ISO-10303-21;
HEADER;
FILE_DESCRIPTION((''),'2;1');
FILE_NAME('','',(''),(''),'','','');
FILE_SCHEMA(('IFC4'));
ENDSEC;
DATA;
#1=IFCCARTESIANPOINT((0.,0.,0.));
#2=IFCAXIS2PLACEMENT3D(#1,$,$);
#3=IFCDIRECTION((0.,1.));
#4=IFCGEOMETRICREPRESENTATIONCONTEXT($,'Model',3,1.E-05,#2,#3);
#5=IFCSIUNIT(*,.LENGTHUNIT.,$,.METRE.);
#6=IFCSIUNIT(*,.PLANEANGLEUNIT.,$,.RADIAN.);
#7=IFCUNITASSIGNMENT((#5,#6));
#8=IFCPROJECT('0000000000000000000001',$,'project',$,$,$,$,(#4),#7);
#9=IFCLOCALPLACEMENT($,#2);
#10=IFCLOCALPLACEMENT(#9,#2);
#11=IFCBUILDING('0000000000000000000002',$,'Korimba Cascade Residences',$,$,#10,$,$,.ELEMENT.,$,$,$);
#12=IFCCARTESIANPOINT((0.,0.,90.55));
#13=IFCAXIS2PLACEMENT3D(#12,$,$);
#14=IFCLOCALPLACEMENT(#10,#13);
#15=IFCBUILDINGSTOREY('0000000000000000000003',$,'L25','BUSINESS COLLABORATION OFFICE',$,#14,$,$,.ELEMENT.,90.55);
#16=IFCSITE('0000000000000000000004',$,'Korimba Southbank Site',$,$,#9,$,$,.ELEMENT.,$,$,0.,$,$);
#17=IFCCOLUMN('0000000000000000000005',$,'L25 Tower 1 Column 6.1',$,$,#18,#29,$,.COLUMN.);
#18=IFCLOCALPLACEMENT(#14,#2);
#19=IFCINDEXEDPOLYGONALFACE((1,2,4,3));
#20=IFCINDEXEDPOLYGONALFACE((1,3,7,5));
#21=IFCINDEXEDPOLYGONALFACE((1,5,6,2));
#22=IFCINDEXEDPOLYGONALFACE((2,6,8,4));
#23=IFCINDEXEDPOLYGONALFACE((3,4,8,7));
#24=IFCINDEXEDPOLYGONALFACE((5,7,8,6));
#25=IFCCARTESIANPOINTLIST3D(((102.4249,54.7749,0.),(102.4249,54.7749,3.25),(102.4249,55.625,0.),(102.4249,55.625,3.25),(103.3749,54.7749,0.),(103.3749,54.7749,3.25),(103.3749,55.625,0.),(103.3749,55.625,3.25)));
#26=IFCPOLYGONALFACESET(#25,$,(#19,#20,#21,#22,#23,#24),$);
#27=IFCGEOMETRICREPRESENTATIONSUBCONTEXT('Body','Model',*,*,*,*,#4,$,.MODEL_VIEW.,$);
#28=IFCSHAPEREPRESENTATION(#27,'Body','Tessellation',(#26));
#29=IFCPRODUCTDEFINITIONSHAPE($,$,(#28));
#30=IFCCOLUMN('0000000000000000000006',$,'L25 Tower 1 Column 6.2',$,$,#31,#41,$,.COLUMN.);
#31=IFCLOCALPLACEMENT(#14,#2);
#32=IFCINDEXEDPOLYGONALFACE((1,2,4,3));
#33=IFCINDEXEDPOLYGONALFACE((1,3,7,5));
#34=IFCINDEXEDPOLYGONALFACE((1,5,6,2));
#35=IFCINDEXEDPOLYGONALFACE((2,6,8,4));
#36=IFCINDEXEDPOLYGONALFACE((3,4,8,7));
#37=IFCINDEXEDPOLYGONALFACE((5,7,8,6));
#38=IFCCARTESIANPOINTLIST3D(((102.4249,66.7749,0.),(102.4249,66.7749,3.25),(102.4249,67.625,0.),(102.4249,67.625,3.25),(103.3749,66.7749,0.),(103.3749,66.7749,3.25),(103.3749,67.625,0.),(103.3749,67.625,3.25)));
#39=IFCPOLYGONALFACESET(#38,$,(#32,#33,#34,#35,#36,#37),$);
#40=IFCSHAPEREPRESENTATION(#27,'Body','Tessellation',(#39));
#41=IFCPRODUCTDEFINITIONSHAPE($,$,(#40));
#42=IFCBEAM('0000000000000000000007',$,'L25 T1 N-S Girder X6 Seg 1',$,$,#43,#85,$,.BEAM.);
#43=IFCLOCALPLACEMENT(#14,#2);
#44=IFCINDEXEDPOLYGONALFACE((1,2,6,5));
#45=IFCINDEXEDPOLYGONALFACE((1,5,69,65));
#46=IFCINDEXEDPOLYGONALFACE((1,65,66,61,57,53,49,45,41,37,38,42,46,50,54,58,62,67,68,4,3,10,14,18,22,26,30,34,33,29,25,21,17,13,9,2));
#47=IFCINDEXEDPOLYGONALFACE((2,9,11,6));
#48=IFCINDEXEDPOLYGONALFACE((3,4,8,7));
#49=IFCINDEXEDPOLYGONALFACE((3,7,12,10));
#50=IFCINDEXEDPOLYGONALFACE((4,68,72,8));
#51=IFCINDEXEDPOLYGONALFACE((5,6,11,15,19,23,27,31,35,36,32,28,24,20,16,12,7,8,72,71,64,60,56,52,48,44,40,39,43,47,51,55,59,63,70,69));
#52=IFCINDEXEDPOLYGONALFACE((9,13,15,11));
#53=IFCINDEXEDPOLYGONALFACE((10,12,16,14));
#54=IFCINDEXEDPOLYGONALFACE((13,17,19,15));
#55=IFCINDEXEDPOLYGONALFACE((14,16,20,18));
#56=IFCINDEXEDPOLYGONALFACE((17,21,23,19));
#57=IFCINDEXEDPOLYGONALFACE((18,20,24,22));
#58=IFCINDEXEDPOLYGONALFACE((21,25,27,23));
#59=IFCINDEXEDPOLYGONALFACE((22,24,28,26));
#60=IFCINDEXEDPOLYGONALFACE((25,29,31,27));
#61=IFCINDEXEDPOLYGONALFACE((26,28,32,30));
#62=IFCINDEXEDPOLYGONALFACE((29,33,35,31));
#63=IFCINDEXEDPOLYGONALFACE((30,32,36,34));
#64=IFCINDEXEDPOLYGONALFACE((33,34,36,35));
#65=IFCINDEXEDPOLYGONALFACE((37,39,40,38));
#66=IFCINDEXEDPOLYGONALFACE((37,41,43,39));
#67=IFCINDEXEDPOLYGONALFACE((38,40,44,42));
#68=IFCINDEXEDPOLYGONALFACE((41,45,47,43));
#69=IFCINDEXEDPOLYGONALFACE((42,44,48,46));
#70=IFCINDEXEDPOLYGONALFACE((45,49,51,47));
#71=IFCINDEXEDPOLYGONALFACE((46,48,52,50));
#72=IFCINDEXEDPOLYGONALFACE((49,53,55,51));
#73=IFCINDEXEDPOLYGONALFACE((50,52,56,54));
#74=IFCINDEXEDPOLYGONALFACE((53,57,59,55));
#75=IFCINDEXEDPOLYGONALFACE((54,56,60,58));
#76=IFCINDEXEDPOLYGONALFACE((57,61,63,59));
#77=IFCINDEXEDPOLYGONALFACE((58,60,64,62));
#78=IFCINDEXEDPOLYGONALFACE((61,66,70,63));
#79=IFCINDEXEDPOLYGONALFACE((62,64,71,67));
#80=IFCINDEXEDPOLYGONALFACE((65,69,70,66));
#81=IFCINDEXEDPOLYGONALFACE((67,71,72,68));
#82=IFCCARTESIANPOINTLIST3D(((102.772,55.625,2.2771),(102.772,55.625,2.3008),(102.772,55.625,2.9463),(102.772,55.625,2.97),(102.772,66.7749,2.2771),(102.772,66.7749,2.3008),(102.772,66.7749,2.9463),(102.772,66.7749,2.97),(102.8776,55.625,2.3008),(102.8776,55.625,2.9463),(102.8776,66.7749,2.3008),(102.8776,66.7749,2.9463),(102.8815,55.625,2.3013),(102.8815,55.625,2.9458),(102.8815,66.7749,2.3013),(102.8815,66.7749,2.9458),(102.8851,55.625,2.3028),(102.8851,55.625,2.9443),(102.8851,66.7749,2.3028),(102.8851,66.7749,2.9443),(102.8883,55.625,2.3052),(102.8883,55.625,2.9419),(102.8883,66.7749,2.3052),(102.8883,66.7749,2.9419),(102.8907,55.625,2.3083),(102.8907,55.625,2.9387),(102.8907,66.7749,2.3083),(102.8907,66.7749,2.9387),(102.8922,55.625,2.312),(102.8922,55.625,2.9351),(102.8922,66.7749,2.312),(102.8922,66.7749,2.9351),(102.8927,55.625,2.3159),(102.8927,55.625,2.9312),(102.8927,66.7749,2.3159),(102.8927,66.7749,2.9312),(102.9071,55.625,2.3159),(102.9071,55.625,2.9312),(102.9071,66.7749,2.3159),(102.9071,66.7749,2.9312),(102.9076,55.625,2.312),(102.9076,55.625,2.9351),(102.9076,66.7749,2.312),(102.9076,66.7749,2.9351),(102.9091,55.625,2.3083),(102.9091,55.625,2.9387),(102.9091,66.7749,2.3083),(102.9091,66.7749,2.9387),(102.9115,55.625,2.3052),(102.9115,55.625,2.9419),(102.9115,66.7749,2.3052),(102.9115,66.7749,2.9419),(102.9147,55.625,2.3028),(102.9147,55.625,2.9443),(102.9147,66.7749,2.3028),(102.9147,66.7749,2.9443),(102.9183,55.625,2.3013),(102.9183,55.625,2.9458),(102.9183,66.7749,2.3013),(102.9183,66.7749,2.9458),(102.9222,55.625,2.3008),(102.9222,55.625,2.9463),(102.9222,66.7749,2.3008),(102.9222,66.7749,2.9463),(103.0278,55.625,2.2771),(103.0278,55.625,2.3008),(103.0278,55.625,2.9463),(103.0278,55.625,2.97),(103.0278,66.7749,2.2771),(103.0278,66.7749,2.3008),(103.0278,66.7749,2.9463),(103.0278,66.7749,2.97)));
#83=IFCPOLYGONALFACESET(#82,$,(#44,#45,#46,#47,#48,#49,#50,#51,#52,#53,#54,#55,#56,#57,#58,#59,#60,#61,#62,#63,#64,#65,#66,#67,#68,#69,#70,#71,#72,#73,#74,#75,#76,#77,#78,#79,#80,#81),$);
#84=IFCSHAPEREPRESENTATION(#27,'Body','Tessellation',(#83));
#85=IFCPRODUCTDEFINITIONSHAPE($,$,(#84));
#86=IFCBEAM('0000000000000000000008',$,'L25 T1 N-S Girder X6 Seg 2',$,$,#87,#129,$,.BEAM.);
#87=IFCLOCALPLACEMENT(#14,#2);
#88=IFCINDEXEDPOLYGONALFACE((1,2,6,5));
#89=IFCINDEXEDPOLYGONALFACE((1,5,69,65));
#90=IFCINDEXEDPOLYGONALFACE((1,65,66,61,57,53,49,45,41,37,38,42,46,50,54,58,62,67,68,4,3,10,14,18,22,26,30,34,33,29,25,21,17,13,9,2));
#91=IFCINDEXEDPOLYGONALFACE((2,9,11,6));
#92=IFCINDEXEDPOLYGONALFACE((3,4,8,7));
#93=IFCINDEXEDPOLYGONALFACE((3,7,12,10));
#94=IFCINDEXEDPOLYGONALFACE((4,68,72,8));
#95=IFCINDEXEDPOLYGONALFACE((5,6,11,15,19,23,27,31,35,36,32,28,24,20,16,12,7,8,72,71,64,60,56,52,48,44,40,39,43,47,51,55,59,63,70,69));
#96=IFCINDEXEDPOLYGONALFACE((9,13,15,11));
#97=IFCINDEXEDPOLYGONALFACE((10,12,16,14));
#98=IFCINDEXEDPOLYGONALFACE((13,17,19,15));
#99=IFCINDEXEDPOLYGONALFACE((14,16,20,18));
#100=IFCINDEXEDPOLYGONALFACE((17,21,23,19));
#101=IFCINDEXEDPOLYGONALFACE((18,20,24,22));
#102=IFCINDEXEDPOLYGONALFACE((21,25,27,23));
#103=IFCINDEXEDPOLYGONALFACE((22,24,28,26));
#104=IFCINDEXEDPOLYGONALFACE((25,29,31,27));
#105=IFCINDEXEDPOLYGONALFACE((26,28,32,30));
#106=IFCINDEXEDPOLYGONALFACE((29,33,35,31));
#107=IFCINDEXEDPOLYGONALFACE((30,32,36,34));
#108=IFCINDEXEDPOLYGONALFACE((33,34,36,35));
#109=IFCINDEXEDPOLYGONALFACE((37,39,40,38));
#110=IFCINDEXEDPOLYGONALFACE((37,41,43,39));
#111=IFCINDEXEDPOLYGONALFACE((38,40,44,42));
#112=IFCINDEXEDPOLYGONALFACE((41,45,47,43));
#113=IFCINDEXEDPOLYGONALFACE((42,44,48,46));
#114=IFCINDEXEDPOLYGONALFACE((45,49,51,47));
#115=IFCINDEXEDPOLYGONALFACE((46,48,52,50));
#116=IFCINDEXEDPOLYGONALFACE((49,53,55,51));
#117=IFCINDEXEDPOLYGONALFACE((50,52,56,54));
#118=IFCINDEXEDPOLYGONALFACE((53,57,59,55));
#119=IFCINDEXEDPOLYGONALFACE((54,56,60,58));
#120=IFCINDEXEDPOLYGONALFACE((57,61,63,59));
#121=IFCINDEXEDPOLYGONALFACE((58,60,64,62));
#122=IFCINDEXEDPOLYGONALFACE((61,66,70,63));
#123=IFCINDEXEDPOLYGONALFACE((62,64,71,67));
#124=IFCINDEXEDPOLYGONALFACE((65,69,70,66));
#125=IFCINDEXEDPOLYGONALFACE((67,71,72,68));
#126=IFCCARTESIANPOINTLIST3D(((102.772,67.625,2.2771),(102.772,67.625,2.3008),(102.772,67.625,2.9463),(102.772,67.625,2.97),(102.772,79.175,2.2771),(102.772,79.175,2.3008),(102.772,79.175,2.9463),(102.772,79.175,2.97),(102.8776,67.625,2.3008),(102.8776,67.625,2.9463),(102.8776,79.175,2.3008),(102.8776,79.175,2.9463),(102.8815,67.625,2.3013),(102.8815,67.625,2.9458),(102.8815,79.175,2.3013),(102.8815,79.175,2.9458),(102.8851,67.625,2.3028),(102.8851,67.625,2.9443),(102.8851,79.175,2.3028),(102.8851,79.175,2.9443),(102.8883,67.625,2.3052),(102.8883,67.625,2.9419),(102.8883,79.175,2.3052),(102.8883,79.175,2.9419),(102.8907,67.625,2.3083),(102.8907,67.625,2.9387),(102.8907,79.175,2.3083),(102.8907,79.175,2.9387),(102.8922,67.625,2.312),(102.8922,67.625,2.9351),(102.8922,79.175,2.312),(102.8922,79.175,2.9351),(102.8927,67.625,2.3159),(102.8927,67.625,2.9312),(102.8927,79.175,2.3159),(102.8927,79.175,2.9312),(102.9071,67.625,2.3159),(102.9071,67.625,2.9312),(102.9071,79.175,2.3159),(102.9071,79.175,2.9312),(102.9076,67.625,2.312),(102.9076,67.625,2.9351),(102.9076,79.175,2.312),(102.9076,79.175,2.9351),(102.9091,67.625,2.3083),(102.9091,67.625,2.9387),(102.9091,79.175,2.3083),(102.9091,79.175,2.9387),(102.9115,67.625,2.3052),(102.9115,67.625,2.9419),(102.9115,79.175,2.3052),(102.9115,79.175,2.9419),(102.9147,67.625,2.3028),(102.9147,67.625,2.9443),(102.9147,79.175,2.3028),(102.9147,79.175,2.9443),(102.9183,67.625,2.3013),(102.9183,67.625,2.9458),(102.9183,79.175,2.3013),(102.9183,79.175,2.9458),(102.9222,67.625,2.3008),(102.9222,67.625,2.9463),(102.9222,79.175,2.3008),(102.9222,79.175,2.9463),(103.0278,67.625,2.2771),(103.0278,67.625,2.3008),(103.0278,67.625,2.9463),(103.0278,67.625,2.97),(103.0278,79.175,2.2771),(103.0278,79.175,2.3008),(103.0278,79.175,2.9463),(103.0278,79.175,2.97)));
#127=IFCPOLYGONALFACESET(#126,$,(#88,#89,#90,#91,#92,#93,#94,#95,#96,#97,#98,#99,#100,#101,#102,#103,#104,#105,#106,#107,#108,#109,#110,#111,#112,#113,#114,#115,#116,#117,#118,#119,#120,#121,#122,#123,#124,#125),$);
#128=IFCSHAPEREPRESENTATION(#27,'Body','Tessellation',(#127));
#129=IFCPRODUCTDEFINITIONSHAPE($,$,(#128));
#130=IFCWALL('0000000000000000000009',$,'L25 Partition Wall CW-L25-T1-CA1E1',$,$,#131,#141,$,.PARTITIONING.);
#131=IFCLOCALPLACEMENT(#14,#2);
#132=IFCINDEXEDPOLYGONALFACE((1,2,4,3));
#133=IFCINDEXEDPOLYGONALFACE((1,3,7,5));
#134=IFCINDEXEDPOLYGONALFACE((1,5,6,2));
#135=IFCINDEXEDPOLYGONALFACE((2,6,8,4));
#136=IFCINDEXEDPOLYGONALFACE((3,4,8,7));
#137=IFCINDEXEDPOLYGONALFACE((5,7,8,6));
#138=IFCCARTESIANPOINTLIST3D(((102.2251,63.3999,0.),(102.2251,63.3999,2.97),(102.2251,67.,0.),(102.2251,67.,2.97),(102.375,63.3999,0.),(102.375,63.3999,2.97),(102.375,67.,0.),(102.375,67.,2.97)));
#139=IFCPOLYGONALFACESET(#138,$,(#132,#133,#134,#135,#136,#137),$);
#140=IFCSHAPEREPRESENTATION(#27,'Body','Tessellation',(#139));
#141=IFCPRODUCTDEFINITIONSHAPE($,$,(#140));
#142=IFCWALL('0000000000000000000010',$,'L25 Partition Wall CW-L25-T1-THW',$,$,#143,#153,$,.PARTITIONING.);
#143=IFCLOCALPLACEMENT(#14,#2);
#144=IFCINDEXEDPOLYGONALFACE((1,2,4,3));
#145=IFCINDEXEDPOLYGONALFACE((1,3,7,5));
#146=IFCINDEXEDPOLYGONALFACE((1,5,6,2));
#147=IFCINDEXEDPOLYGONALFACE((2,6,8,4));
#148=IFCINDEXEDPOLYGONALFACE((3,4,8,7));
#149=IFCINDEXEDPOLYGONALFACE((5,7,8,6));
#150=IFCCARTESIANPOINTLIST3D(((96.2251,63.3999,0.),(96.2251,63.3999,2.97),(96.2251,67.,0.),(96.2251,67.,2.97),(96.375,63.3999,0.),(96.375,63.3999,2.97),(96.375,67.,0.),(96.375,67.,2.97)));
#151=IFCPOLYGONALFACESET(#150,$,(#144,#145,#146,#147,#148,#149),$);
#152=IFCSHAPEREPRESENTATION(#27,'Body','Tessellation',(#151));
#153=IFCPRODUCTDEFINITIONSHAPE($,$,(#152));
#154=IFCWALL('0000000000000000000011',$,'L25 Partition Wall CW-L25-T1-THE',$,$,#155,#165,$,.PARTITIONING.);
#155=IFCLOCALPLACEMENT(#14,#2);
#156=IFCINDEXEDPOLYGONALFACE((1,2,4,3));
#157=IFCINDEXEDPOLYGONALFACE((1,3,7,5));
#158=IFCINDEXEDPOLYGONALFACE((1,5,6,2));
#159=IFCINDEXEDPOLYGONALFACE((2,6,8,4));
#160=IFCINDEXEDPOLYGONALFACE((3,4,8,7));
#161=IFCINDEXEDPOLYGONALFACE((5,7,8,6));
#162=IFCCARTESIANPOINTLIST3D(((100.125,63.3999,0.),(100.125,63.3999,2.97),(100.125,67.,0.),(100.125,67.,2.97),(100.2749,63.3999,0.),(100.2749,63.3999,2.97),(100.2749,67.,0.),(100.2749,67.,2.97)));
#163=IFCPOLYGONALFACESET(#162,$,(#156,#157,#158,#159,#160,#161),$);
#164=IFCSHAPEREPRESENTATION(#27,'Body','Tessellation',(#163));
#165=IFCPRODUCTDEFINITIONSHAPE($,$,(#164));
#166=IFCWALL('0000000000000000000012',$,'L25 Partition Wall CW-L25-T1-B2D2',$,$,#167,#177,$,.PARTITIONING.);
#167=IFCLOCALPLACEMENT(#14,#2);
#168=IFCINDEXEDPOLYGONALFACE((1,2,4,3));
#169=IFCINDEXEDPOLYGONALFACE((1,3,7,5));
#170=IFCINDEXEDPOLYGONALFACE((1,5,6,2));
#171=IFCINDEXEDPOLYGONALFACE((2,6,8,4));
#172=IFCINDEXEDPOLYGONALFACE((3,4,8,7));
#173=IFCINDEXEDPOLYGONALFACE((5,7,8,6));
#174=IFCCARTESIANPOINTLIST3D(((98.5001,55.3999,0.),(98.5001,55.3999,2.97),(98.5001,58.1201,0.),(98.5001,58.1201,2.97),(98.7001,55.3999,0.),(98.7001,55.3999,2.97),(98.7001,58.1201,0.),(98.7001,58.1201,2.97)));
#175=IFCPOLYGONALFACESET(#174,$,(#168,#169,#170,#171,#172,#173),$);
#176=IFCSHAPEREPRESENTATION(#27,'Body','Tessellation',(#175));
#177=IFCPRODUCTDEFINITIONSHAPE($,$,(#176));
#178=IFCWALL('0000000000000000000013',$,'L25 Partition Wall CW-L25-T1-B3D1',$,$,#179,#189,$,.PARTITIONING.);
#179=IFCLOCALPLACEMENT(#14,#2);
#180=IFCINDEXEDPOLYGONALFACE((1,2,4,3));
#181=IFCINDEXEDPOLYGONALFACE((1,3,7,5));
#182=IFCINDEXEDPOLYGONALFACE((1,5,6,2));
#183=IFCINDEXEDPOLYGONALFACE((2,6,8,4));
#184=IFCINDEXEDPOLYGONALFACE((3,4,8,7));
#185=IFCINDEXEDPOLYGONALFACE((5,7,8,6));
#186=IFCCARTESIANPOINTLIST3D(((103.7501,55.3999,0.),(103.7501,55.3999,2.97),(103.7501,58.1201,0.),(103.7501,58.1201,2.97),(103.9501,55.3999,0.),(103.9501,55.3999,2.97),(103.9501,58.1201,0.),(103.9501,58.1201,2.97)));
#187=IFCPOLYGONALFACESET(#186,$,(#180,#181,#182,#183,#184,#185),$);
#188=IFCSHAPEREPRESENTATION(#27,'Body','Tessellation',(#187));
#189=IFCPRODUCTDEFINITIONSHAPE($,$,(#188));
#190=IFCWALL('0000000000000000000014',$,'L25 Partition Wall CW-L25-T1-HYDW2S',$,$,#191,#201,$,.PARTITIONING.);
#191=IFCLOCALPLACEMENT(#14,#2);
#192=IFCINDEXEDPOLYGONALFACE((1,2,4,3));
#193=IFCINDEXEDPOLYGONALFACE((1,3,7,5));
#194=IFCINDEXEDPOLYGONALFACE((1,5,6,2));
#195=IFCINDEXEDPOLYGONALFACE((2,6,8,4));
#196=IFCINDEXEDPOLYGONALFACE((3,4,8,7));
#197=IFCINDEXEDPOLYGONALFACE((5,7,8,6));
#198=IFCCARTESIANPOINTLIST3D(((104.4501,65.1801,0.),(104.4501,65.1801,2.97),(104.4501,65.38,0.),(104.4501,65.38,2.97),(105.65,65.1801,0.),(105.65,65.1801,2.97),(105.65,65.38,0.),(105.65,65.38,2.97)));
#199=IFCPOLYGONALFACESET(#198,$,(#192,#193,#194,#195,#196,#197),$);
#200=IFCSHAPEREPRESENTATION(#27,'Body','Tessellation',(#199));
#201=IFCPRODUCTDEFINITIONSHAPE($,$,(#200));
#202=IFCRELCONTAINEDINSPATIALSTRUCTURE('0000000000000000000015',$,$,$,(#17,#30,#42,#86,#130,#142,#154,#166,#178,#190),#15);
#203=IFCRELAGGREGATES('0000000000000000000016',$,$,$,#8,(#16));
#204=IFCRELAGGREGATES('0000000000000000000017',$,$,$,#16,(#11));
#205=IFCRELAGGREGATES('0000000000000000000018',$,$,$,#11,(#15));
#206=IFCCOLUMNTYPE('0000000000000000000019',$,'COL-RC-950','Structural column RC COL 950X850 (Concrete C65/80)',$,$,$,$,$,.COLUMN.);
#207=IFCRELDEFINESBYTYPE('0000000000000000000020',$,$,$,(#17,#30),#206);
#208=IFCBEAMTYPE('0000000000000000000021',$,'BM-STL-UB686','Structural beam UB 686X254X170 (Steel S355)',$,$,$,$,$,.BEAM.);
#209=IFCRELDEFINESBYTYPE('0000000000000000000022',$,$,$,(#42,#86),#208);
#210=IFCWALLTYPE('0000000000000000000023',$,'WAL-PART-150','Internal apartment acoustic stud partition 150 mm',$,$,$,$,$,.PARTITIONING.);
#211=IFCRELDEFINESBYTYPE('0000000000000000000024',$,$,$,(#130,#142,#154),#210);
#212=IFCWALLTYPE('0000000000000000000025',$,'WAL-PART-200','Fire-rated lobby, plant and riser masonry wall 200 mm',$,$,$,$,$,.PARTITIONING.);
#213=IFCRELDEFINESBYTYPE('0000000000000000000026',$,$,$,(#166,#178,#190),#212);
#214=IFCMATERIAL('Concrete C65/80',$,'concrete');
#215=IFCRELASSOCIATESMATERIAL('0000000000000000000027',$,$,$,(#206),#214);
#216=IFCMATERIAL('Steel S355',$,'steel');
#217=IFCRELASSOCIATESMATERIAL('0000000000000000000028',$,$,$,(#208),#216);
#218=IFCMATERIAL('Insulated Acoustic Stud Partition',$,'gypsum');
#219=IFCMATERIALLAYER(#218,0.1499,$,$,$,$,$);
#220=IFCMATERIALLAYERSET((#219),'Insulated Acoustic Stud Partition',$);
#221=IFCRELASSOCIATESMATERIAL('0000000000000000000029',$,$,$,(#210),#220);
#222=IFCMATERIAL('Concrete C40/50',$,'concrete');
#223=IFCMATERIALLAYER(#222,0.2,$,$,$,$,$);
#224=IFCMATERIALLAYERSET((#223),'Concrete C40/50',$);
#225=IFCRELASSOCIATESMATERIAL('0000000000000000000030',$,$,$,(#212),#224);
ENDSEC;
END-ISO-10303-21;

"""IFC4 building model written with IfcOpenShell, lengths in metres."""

from ifc_helpers import new_model, si_unit, direction, frame, frame_2d, origin, origin_2d, place, context, subcontext, project, spatial, rectangle, i_section, extrude, material, layer, layer_set, material_profile, profile_set, type_object, element, save


model = new_model("IFC4")

# Units and contexts
model_context = context("Model", 3, precision=1e-05, world=origin(), true_north=direction((0.0, 1.0)))
body_context = subcontext(model_context, "Body", "Model", "MODEL_VIEW")
ifc_project = project(units=[si_unit("LENGTHUNIT", "METRE"), si_unit("PLANEANGLEUNIT", "RADIAN")], contexts=[model_context])

# Site, building, storey
site_placement = place(None, origin())
site = spatial("IfcSite", under=ifc_project, at=site_placement, Name="Korimba Southbank Site", CompositionType="ELEMENT", RefElevation=0.0)
building_placement = place(site_placement, origin())
building = spatial("IfcBuilding", under=site, at=building_placement, Name="Korimba Cascade Residences", CompositionType="ELEMENT")
storey_placement = place(building_placement, frame((0.0, 0.0, 90.55)))
storey = spatial("IfcBuildingStorey", under=building, at=storey_placement, Name="L25", Description="BUSINESS COLLABORATION OFFICE", CompositionType="ELEMENT", Elevation=90.55)

# Columns
ifc_material_1 = material(Name="Concrete C65/80", Category="concrete")
ifc_material_profile_1 = material_profile(ifc_material_1, rectangle(XDim=0.95, YDim=0.8501, at=origin_2d()), Name="Concrete C65/80")
ifc_profile_set_1 = profile_set([ifc_material_profile_1], Name="Concrete C65/80")
column_type = type_object("IfcColumnType", Name="COL-RC-950", Description="Structural column RC COL 950X850 (Concrete C65/80)", PredefinedType="COLUMN", material=ifc_profile_set_1)
for number, where, z_axis, x_axis, name in (
    (1, (102.8999, 55.2, 0.0), (0.0, 0.0, 1.0), (1.0, 0.0, 0.0), "L25 Tower 1 Column 6.1"),
    (2, (102.8999, 67.2, 0.0), (0.0, 0.0, 1.0), (1.0, 0.0, 0.0), "L25 Tower 1 Column 6.2"),
):
    element("IfcColumn", number, at=place(storey_placement, frame(where, z_axis=z_axis, x_axis=x_axis)), inside=storey, type_object=column_type, Name=name, PredefinedType="COLUMN", context=body_context, shape_type="SweptSolid", body=[
        extrude(rectangle(XDim=0.95, YDim=0.8501, at=origin_2d()), origin(), (0.0, 0.0, 1.0), 3.25),
    ])

# Beams
ifc_material_2 = material(Name="Steel S355", Category="steel")
ifc_material_profile_2 = material_profile(ifc_material_2, i_section(OverallWidth=0.2559, OverallDepth=0.6929, WebThickness=0.0144, FlangeThickness=0.0237, FilletRadius=0.0151, at=origin_2d()), Name="Steel S355")
ifc_profile_set_2 = profile_set([ifc_material_profile_2], Name="Steel S355")
beam_type = type_object("IfcBeamType", Name="BM-STL-UB686", Description="Structural beam UB 686X254X170 (Steel S355)", PredefinedType="BEAM", material=ifc_profile_set_2)
beam_1_placement = place(storey_placement, frame((102.8999, 55.625, 2.6235), z_axis=(0.0, 1.0, 0.0), x_axis=(-1.0, 0.0, 0.0)))
element("IfcBeam", 3, at=beam_1_placement, inside=storey, type_object=beam_type, Name="L25 T1 N-S Girder X6 Seg 1", PredefinedType="BEAM", context=body_context, shape_type="SweptSolid", body=[
    extrude(i_section(OverallWidth=0.2559, OverallDepth=0.6929, WebThickness=0.0144, FlangeThickness=0.0237, FilletRadius=0.0151, at=origin_2d()), origin(), (0.0, 0.0, 1.0), 11.1499),
])
beam_2_placement = place(storey_placement, frame((102.8999, 67.625, 2.6235), z_axis=(0.0, 1.0, 0.0), x_axis=(-1.0, 0.0, 0.0)))
element("IfcBeam", 4, at=beam_2_placement, inside=storey, type_object=beam_type, Name="L25 T1 N-S Girder X6 Seg 2", PredefinedType="BEAM", context=body_context, shape_type="SweptSolid", body=[
    extrude(i_section(OverallWidth=0.2559, OverallDepth=0.6929, WebThickness=0.0144, FlangeThickness=0.0237, FilletRadius=0.0151, at=origin_2d()), origin(), (0.0, 0.0, 1.0), 11.55),
])

# Walls
ifc_material_3 = material(Name="Insulated Acoustic Stud Partition", Category="gypsum")
ifc_layer_1 = layer(ifc_material_3, 0.1499)
ifc_layer_set_1 = layer_set([ifc_layer_1], Name="Insulated Acoustic Stud Partition")
wall_type_1 = type_object("IfcWallType", Name="WAL-PART-150", Description="Internal apartment acoustic stud partition 150 mm", PredefinedType="PARTITIONING", material=ifc_layer_set_1)
for number, where, z_axis, x_axis, name in (
    (5, (102.3, 63.3999, 0.0), (0.0, 0.0, 1.0), (0.0, 1.0, 0.0), "L25 Partition Wall CW-L25-T1-CA1E1"),
    (6, (96.3, 63.3999, 0.0), (0.0, 0.0, 1.0), (0.0, 1.0, 0.0), "L25 Partition Wall CW-L25-T1-THW"),
    (7, (100.2, 63.3999, 0.0), (0.0, 0.0, 1.0), (0.0, 1.0, 0.0), "L25 Partition Wall CW-L25-T1-THE"),
):
    element("IfcWall", number, at=place(storey_placement, frame(where, z_axis=z_axis, x_axis=x_axis)), inside=storey, type_object=wall_type_1, Name=name, PredefinedType="PARTITIONING", context=body_context, shape_type="SweptSolid", body=[
        extrude(rectangle(XDim=3.6001, YDim=0.1499, at=frame_2d((1.8, 0.0))), origin(), (0.0, 0.0, 1.0), 2.97),
    ])
ifc_material_4 = material(Name="Concrete C40/50", Category="concrete")
ifc_layer_2 = layer(ifc_material_4, 0.2)
ifc_layer_set_2 = layer_set([ifc_layer_2], Name="Concrete C40/50")
wall_type_2 = type_object("IfcWallType", Name="WAL-PART-200", Description="Fire-rated lobby, plant and riser masonry wall 200 mm", PredefinedType="PARTITIONING", material=ifc_layer_set_2)
for number, where, z_axis, x_axis, name in (
    (8, (98.6001, 55.3999, 0.0), (0.0, 0.0, 1.0), (0.0, 1.0, 0.0), "L25 Partition Wall CW-L25-T1-B2D2"),
    (9, (103.8501, 55.3999, 0.0), (0.0, 0.0, 1.0), (0.0, 1.0, 0.0), "L25 Partition Wall CW-L25-T1-B3D1"),
):
    element("IfcWall", number, at=place(storey_placement, frame(where, z_axis=z_axis, x_axis=x_axis)), inside=storey, type_object=wall_type_2, Name=name, PredefinedType="PARTITIONING", context=body_context, shape_type="SweptSolid", body=[
        extrude(rectangle(XDim=2.7202, YDim=0.2, at=frame_2d((1.3601, 0.0))), origin(), (0.0, 0.0, 1.0), 2.97),
    ])
wall_1_placement = place(storey_placement, frame((104.45, 65.28, 0.0), z_axis=(0.0, 0.0, 1.0), x_axis=(1.0, 0.0, 0.0)))
element("IfcWall", 10, at=wall_1_placement, inside=storey, type_object=wall_type_2, Name="L25 Partition Wall CW-L25-T1-HYDW2S", PredefinedType="PARTITIONING", context=body_context, shape_type="SweptSolid", body=[
    extrude(rectangle(XDim=1.2, YDim=0.2, at=frame_2d((0.6001, 0.0))), origin(), (0.0, 0.0, 1.0), 2.97),
])

save(model, "model.ifc")
